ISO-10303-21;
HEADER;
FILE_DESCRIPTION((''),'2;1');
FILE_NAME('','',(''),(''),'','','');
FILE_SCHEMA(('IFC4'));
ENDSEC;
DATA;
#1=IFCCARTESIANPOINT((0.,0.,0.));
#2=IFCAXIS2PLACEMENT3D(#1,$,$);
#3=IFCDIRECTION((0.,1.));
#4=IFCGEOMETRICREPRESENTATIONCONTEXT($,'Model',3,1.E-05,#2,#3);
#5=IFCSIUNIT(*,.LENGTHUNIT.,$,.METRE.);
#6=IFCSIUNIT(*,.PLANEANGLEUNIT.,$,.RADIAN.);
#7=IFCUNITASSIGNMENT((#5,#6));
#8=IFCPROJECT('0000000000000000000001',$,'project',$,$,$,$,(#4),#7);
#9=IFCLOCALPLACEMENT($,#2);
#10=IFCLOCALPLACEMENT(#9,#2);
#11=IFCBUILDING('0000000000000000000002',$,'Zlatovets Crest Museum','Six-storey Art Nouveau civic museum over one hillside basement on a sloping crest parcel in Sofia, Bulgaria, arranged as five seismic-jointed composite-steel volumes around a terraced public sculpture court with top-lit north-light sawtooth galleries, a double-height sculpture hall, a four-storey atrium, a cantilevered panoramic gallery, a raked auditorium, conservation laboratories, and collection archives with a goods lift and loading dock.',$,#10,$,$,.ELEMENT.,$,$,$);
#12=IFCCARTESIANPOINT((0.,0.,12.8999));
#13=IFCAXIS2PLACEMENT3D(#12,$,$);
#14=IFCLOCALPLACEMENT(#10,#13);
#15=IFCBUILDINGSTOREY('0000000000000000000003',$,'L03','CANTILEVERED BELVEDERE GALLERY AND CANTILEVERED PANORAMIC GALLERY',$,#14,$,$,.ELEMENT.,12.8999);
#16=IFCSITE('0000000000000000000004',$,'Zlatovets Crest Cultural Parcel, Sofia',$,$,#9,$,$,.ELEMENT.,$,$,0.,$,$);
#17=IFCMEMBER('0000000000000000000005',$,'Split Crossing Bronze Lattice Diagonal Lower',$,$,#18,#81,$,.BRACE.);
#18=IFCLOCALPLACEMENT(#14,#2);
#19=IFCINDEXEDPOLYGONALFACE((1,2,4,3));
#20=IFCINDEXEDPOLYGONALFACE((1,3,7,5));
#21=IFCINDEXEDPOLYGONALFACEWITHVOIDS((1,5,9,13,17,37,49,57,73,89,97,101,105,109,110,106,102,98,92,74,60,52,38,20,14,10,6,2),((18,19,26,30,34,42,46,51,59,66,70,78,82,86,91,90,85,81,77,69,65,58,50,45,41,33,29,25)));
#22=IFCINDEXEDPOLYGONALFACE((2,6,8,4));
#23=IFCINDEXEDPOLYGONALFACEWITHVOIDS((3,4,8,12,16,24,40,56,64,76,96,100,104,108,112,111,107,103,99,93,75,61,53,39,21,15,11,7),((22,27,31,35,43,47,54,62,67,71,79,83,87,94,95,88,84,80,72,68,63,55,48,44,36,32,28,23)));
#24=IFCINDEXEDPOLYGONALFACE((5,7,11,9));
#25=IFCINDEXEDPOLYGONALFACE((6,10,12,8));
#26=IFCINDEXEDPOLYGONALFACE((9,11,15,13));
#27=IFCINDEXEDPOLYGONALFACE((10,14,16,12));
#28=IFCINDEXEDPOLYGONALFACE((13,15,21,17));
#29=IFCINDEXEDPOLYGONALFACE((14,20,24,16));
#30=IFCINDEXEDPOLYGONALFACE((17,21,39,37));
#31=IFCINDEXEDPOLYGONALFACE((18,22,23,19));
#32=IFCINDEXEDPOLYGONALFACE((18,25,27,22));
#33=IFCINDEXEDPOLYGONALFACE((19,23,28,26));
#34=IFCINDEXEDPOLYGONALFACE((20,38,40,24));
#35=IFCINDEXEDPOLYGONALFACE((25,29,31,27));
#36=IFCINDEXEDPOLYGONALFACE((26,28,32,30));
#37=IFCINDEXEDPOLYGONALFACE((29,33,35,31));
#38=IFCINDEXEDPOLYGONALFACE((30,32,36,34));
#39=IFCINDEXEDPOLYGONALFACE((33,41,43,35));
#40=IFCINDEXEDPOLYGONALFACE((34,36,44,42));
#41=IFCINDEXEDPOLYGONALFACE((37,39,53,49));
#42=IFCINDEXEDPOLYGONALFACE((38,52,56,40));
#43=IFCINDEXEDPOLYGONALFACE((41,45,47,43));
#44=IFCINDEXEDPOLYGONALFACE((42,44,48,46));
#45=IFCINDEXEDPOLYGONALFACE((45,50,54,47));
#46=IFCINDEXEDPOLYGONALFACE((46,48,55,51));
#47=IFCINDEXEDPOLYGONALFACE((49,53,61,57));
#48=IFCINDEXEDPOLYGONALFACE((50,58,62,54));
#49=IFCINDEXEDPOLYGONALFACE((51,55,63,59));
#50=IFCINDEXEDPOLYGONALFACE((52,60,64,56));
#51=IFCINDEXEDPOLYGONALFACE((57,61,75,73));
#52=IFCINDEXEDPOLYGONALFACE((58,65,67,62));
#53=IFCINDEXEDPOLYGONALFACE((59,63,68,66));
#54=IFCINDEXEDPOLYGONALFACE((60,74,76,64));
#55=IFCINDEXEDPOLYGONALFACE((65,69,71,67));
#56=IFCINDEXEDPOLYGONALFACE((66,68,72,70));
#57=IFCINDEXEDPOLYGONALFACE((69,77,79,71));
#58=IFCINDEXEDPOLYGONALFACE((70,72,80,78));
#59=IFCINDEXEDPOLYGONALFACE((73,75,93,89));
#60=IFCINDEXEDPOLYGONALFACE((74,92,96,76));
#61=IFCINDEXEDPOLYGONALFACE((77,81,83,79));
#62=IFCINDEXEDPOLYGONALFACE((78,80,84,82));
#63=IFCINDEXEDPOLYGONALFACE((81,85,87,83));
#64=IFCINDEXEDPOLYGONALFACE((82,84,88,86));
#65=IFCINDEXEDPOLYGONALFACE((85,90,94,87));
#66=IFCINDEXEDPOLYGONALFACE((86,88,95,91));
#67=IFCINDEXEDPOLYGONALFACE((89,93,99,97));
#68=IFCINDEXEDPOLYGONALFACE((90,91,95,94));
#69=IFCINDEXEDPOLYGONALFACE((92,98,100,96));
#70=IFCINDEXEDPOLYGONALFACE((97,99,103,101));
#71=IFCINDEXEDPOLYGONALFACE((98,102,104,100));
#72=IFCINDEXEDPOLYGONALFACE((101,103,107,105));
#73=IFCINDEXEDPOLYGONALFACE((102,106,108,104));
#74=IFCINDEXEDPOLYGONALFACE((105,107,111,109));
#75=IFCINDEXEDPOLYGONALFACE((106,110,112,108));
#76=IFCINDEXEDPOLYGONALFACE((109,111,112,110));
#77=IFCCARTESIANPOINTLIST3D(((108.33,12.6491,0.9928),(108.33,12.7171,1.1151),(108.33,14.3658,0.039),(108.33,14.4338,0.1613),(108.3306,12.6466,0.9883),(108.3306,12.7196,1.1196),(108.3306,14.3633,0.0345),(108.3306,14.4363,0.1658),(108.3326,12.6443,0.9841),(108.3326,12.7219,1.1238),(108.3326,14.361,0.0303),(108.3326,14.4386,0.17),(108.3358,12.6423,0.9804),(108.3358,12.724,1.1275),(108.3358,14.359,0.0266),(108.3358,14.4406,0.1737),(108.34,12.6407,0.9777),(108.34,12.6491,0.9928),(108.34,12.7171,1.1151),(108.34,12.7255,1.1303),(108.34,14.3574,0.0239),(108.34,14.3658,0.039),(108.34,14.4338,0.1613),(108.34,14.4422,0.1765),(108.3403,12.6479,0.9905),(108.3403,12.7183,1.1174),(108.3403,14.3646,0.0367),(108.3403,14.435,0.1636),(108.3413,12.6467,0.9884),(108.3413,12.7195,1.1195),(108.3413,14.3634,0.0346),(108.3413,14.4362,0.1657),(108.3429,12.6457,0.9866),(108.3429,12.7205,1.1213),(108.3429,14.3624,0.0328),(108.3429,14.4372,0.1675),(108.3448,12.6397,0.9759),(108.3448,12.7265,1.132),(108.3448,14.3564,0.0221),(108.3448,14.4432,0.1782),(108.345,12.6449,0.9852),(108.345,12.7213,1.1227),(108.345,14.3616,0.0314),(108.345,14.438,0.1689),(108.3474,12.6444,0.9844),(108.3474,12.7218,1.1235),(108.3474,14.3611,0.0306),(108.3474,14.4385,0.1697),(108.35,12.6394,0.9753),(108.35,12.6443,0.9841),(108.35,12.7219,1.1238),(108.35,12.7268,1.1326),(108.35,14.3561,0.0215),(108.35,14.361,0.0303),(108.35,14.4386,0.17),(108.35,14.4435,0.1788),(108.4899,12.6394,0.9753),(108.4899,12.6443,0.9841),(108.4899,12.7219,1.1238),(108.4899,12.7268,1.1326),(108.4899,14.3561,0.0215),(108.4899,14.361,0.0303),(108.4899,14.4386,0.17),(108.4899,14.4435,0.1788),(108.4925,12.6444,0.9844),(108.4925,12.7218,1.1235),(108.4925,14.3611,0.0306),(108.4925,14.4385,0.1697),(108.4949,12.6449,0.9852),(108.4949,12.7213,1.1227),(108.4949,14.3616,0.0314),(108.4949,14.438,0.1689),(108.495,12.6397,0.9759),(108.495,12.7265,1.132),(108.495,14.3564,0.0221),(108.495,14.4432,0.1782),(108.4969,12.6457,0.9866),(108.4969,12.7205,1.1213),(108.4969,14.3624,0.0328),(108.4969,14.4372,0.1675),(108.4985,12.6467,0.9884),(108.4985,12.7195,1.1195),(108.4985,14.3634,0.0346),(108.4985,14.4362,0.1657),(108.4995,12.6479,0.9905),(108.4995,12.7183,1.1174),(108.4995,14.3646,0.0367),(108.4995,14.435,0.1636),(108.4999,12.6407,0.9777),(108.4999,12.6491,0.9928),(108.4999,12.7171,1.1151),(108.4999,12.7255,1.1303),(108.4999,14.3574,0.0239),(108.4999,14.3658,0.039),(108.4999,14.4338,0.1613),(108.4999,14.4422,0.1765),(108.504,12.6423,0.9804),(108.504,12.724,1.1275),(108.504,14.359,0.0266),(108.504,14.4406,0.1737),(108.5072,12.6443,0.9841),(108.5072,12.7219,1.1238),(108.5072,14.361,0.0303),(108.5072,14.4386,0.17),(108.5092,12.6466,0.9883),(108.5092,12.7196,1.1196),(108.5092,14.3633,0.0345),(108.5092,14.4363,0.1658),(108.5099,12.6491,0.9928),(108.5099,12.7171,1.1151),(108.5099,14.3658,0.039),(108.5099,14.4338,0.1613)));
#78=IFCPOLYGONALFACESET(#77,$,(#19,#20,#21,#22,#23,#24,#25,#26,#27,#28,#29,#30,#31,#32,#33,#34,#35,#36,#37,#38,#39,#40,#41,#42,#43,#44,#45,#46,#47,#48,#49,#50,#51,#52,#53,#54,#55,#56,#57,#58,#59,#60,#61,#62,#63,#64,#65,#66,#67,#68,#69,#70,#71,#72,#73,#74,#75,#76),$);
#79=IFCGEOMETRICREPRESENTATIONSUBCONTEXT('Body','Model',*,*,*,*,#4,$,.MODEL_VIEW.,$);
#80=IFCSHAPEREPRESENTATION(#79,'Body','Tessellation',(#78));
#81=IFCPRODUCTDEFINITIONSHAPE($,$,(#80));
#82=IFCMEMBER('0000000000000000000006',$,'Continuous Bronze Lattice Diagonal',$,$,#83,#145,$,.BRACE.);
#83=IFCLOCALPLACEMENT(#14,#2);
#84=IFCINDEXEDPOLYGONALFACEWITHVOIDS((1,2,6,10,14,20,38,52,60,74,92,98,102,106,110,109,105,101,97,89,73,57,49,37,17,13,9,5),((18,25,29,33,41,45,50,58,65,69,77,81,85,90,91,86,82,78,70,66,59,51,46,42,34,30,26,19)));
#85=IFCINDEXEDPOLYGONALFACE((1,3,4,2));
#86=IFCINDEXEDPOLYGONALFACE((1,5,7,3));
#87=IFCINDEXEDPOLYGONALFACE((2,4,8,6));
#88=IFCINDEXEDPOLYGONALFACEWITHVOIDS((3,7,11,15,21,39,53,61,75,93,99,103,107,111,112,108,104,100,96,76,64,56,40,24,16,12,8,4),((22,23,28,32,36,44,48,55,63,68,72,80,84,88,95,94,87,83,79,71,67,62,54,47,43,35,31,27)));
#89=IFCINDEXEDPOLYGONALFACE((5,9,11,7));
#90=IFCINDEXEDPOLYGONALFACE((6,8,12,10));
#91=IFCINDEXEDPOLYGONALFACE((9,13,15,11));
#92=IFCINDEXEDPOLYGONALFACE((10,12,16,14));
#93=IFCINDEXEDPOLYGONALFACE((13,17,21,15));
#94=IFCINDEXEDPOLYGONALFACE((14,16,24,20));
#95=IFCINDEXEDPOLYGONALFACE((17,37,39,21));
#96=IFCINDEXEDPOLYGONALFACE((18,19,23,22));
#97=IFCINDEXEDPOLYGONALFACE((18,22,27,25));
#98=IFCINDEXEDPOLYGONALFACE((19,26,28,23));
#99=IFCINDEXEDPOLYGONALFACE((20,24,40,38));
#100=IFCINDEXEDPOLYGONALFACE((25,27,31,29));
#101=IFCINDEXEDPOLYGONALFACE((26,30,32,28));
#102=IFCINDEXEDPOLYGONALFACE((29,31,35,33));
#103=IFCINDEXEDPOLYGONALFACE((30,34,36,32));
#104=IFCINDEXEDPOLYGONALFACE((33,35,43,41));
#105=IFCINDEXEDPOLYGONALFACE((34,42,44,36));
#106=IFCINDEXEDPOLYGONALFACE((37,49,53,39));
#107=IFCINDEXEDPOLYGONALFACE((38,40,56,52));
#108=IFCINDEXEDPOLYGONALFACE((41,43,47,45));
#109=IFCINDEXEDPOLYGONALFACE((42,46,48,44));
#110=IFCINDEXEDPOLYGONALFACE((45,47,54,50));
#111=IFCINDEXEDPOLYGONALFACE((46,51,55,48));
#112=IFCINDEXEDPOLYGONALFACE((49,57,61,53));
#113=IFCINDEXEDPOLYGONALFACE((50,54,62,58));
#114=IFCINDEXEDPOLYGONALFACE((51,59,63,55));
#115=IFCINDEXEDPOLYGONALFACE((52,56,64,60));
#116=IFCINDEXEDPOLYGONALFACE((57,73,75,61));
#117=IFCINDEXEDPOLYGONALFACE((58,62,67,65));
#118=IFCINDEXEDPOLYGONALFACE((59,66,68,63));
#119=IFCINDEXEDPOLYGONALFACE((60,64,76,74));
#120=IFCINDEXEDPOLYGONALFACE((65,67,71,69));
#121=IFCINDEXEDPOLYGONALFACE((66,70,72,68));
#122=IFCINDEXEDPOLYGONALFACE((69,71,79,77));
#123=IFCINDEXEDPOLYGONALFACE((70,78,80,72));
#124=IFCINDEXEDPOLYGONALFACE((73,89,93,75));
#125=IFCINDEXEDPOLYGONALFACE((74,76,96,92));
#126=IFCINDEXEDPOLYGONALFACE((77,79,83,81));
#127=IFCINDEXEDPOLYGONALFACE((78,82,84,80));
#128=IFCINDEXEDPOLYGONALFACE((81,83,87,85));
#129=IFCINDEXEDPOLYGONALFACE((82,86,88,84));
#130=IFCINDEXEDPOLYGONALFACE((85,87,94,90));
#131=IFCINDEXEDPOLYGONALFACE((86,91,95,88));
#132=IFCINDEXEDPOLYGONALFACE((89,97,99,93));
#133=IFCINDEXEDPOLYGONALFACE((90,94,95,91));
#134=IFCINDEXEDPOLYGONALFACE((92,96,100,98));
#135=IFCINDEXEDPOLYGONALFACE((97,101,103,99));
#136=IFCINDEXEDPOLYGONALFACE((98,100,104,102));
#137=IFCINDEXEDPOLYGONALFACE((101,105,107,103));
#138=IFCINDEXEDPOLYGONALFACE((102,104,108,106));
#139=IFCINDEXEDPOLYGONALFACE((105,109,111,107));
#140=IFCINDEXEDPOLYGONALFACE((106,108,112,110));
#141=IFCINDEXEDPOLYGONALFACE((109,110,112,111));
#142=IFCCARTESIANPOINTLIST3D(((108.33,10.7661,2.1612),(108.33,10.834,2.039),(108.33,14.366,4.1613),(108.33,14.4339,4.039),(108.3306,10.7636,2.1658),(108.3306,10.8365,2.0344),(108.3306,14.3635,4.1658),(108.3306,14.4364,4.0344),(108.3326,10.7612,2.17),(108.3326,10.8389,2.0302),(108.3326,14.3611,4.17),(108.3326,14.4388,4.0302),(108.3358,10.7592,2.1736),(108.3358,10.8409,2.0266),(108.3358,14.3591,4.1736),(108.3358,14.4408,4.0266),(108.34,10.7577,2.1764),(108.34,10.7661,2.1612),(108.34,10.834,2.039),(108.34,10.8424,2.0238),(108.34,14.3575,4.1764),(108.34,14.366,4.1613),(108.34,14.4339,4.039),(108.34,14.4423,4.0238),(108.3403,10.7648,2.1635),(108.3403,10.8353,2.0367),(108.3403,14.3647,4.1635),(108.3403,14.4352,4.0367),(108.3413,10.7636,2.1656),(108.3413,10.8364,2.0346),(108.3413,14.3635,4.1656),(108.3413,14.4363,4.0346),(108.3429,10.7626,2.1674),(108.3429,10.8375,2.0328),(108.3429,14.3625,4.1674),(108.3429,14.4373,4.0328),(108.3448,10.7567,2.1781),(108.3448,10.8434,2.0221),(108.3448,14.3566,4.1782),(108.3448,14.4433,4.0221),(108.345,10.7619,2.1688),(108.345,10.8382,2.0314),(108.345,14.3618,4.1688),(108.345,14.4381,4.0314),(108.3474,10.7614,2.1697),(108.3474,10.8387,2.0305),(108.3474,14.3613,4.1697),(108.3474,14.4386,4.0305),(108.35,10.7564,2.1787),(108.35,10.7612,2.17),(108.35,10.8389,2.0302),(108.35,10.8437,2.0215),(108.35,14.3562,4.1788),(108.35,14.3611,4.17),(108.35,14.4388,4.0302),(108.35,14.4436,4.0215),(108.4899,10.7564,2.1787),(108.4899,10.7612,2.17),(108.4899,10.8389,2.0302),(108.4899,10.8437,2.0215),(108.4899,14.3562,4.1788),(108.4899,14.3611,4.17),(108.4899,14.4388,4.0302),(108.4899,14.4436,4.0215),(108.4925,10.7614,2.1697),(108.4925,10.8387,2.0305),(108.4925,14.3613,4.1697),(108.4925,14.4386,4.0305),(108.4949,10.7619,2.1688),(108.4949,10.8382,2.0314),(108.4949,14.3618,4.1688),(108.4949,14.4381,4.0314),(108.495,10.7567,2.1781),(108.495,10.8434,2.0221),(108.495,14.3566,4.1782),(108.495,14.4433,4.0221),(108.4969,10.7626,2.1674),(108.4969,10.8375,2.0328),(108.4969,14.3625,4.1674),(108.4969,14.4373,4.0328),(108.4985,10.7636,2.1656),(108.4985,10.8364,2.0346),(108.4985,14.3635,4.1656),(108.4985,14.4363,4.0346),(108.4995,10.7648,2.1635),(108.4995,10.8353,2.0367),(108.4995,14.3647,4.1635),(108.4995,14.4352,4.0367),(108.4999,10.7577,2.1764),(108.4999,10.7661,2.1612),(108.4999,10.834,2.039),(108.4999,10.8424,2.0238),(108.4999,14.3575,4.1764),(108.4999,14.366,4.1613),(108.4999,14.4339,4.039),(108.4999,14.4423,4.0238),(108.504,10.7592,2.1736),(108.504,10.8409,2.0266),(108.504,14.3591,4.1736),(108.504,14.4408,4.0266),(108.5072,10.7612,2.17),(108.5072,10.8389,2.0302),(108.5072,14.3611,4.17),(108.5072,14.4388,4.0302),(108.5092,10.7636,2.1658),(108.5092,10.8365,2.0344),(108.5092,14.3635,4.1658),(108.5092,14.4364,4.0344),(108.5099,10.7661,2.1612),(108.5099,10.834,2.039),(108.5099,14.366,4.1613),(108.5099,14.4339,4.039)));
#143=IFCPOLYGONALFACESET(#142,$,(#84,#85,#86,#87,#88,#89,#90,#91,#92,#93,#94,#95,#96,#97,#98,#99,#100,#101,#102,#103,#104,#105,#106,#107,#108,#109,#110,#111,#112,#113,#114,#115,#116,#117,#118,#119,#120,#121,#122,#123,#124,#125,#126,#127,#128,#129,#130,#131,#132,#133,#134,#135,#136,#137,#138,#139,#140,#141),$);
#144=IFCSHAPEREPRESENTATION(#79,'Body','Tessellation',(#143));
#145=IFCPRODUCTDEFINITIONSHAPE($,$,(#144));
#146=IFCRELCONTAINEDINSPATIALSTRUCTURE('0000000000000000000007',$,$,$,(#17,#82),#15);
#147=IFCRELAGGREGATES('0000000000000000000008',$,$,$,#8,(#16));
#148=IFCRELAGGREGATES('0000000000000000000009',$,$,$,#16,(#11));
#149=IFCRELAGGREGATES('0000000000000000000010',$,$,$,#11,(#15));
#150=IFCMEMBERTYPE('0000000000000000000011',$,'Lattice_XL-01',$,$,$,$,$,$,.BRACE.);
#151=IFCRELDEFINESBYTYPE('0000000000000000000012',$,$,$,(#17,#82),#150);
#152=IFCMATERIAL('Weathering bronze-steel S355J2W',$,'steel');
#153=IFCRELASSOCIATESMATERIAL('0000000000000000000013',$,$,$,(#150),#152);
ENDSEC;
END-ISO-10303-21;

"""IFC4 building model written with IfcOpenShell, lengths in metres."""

from ifc_helpers import new_model, si_unit, direction, frame, origin, origin_2d, place, context, subcontext, project, spatial, hollow_rectangle, extrude, material, material_profile, profile_set, type_object, element, save


model = new_model("IFC4")

# Units and contexts
model_context = context("Model", 3, precision=1e-05, world=origin(), true_north=direction((0.0, 1.0)))
body_context = subcontext(model_context, "Body", "Model", "MODEL_VIEW")
ifc_project = project(units=[si_unit("LENGTHUNIT", "METRE"), si_unit("PLANEANGLEUNIT", "RADIAN")], contexts=[model_context])

# Site, building, storey
site_placement = place(None, origin())
site = spatial("IfcSite", under=ifc_project, at=site_placement, Name="Zlatovets Crest Cultural Parcel, Sofia", CompositionType="ELEMENT", RefElevation=0.0)
building_placement = place(site_placement, origin())
building = spatial("IfcBuilding", under=site, at=building_placement, Name="Zlatovets Crest Museum", Description="Six-storey Art Nouveau civic museum over one hillside basement on a sloping crest parcel in Sofia, Bulgaria, arranged as five seismic-jointed composite-steel volumes around a terraced public sculpture court with top-lit north-light sawtooth galleries, a double-height sculpture hall, a four-storey atrium, a cantilevered panoramic gallery, a raked auditorium, conservation laboratories, and collection archives with a goods lift and loading dock.", CompositionType="ELEMENT")
storey_placement = place(building_placement, frame((0.0, 0.0, 12.8999)))
storey = spatial("IfcBuildingStorey", under=building, at=storey_placement, Name="L03", Description="CANTILEVERED BELVEDERE GALLERY AND CANTILEVERED PANORAMIC GALLERY", CompositionType="ELEMENT", Elevation=12.8999)

# Members
ifc_material_1 = material(Name="Weathering bronze-steel S355J2W", Category="steel")
ifc_material_profile_1 = material_profile(ifc_material_1, hollow_rectangle(XDim=0.1799, YDim=0.1799, WallThickness=0.01, InnerFilletRadius=0.01, OuterFilletRadius=0.02, at=origin_2d()), Name="SHS 180x180x10.0")
ifc_profile_set_1 = profile_set([ifc_material_profile_1], Name="Weathering bronze-steel S355J2W")
member_type_1 = type_object("IfcMemberType", Name="Lattice_XL-01", PredefinedType="BRACE", material=ifc_profile_set_1)
member_1_placement = place(storey_placement, frame((108.4199, 12.6831, 1.054), z_axis=(0.0, 0.87414, -0.485675), x_axis=(-1.0, 0.0, 0.0)))
element("IfcMember", 1, at=member_1_placement, inside=storey, type_object=member_type_1, Name="Split Crossing Bronze Lattice Diagonal Lower", PredefinedType="BRACE", context=body_context, shape_type="SweptSolid", body=[
    extrude(hollow_rectangle(XDim=0.1799, YDim=0.1799, WallThickness=0.01, InnerFilletRadius=0.01, OuterFilletRadius=0.02, at=origin_2d()), origin(), (0.0, 0.0, 1.0), 1.9639),
])
member_2_placement = place(storey_placement, frame((108.4199, 10.8, 2.1001), z_axis=(0.0, 0.874149, 0.485658), x_axis=(-1.0, 0.0, 0.0)))
element("IfcMember", 2, at=member_2_placement, inside=storey, type_object=member_type_1, Name="Continuous Bronze Lattice Diagonal", PredefinedType="BRACE", context=body_context, shape_type="SweptSolid", body=[
    extrude(hollow_rectangle(XDim=0.1799, YDim=0.1799, WallThickness=0.01, InnerFilletRadius=0.01, OuterFilletRadius=0.02, at=origin_2d()), origin(), (0.0, 0.0, 1.0), 4.1182),
])

save(model, "model.ifc")
